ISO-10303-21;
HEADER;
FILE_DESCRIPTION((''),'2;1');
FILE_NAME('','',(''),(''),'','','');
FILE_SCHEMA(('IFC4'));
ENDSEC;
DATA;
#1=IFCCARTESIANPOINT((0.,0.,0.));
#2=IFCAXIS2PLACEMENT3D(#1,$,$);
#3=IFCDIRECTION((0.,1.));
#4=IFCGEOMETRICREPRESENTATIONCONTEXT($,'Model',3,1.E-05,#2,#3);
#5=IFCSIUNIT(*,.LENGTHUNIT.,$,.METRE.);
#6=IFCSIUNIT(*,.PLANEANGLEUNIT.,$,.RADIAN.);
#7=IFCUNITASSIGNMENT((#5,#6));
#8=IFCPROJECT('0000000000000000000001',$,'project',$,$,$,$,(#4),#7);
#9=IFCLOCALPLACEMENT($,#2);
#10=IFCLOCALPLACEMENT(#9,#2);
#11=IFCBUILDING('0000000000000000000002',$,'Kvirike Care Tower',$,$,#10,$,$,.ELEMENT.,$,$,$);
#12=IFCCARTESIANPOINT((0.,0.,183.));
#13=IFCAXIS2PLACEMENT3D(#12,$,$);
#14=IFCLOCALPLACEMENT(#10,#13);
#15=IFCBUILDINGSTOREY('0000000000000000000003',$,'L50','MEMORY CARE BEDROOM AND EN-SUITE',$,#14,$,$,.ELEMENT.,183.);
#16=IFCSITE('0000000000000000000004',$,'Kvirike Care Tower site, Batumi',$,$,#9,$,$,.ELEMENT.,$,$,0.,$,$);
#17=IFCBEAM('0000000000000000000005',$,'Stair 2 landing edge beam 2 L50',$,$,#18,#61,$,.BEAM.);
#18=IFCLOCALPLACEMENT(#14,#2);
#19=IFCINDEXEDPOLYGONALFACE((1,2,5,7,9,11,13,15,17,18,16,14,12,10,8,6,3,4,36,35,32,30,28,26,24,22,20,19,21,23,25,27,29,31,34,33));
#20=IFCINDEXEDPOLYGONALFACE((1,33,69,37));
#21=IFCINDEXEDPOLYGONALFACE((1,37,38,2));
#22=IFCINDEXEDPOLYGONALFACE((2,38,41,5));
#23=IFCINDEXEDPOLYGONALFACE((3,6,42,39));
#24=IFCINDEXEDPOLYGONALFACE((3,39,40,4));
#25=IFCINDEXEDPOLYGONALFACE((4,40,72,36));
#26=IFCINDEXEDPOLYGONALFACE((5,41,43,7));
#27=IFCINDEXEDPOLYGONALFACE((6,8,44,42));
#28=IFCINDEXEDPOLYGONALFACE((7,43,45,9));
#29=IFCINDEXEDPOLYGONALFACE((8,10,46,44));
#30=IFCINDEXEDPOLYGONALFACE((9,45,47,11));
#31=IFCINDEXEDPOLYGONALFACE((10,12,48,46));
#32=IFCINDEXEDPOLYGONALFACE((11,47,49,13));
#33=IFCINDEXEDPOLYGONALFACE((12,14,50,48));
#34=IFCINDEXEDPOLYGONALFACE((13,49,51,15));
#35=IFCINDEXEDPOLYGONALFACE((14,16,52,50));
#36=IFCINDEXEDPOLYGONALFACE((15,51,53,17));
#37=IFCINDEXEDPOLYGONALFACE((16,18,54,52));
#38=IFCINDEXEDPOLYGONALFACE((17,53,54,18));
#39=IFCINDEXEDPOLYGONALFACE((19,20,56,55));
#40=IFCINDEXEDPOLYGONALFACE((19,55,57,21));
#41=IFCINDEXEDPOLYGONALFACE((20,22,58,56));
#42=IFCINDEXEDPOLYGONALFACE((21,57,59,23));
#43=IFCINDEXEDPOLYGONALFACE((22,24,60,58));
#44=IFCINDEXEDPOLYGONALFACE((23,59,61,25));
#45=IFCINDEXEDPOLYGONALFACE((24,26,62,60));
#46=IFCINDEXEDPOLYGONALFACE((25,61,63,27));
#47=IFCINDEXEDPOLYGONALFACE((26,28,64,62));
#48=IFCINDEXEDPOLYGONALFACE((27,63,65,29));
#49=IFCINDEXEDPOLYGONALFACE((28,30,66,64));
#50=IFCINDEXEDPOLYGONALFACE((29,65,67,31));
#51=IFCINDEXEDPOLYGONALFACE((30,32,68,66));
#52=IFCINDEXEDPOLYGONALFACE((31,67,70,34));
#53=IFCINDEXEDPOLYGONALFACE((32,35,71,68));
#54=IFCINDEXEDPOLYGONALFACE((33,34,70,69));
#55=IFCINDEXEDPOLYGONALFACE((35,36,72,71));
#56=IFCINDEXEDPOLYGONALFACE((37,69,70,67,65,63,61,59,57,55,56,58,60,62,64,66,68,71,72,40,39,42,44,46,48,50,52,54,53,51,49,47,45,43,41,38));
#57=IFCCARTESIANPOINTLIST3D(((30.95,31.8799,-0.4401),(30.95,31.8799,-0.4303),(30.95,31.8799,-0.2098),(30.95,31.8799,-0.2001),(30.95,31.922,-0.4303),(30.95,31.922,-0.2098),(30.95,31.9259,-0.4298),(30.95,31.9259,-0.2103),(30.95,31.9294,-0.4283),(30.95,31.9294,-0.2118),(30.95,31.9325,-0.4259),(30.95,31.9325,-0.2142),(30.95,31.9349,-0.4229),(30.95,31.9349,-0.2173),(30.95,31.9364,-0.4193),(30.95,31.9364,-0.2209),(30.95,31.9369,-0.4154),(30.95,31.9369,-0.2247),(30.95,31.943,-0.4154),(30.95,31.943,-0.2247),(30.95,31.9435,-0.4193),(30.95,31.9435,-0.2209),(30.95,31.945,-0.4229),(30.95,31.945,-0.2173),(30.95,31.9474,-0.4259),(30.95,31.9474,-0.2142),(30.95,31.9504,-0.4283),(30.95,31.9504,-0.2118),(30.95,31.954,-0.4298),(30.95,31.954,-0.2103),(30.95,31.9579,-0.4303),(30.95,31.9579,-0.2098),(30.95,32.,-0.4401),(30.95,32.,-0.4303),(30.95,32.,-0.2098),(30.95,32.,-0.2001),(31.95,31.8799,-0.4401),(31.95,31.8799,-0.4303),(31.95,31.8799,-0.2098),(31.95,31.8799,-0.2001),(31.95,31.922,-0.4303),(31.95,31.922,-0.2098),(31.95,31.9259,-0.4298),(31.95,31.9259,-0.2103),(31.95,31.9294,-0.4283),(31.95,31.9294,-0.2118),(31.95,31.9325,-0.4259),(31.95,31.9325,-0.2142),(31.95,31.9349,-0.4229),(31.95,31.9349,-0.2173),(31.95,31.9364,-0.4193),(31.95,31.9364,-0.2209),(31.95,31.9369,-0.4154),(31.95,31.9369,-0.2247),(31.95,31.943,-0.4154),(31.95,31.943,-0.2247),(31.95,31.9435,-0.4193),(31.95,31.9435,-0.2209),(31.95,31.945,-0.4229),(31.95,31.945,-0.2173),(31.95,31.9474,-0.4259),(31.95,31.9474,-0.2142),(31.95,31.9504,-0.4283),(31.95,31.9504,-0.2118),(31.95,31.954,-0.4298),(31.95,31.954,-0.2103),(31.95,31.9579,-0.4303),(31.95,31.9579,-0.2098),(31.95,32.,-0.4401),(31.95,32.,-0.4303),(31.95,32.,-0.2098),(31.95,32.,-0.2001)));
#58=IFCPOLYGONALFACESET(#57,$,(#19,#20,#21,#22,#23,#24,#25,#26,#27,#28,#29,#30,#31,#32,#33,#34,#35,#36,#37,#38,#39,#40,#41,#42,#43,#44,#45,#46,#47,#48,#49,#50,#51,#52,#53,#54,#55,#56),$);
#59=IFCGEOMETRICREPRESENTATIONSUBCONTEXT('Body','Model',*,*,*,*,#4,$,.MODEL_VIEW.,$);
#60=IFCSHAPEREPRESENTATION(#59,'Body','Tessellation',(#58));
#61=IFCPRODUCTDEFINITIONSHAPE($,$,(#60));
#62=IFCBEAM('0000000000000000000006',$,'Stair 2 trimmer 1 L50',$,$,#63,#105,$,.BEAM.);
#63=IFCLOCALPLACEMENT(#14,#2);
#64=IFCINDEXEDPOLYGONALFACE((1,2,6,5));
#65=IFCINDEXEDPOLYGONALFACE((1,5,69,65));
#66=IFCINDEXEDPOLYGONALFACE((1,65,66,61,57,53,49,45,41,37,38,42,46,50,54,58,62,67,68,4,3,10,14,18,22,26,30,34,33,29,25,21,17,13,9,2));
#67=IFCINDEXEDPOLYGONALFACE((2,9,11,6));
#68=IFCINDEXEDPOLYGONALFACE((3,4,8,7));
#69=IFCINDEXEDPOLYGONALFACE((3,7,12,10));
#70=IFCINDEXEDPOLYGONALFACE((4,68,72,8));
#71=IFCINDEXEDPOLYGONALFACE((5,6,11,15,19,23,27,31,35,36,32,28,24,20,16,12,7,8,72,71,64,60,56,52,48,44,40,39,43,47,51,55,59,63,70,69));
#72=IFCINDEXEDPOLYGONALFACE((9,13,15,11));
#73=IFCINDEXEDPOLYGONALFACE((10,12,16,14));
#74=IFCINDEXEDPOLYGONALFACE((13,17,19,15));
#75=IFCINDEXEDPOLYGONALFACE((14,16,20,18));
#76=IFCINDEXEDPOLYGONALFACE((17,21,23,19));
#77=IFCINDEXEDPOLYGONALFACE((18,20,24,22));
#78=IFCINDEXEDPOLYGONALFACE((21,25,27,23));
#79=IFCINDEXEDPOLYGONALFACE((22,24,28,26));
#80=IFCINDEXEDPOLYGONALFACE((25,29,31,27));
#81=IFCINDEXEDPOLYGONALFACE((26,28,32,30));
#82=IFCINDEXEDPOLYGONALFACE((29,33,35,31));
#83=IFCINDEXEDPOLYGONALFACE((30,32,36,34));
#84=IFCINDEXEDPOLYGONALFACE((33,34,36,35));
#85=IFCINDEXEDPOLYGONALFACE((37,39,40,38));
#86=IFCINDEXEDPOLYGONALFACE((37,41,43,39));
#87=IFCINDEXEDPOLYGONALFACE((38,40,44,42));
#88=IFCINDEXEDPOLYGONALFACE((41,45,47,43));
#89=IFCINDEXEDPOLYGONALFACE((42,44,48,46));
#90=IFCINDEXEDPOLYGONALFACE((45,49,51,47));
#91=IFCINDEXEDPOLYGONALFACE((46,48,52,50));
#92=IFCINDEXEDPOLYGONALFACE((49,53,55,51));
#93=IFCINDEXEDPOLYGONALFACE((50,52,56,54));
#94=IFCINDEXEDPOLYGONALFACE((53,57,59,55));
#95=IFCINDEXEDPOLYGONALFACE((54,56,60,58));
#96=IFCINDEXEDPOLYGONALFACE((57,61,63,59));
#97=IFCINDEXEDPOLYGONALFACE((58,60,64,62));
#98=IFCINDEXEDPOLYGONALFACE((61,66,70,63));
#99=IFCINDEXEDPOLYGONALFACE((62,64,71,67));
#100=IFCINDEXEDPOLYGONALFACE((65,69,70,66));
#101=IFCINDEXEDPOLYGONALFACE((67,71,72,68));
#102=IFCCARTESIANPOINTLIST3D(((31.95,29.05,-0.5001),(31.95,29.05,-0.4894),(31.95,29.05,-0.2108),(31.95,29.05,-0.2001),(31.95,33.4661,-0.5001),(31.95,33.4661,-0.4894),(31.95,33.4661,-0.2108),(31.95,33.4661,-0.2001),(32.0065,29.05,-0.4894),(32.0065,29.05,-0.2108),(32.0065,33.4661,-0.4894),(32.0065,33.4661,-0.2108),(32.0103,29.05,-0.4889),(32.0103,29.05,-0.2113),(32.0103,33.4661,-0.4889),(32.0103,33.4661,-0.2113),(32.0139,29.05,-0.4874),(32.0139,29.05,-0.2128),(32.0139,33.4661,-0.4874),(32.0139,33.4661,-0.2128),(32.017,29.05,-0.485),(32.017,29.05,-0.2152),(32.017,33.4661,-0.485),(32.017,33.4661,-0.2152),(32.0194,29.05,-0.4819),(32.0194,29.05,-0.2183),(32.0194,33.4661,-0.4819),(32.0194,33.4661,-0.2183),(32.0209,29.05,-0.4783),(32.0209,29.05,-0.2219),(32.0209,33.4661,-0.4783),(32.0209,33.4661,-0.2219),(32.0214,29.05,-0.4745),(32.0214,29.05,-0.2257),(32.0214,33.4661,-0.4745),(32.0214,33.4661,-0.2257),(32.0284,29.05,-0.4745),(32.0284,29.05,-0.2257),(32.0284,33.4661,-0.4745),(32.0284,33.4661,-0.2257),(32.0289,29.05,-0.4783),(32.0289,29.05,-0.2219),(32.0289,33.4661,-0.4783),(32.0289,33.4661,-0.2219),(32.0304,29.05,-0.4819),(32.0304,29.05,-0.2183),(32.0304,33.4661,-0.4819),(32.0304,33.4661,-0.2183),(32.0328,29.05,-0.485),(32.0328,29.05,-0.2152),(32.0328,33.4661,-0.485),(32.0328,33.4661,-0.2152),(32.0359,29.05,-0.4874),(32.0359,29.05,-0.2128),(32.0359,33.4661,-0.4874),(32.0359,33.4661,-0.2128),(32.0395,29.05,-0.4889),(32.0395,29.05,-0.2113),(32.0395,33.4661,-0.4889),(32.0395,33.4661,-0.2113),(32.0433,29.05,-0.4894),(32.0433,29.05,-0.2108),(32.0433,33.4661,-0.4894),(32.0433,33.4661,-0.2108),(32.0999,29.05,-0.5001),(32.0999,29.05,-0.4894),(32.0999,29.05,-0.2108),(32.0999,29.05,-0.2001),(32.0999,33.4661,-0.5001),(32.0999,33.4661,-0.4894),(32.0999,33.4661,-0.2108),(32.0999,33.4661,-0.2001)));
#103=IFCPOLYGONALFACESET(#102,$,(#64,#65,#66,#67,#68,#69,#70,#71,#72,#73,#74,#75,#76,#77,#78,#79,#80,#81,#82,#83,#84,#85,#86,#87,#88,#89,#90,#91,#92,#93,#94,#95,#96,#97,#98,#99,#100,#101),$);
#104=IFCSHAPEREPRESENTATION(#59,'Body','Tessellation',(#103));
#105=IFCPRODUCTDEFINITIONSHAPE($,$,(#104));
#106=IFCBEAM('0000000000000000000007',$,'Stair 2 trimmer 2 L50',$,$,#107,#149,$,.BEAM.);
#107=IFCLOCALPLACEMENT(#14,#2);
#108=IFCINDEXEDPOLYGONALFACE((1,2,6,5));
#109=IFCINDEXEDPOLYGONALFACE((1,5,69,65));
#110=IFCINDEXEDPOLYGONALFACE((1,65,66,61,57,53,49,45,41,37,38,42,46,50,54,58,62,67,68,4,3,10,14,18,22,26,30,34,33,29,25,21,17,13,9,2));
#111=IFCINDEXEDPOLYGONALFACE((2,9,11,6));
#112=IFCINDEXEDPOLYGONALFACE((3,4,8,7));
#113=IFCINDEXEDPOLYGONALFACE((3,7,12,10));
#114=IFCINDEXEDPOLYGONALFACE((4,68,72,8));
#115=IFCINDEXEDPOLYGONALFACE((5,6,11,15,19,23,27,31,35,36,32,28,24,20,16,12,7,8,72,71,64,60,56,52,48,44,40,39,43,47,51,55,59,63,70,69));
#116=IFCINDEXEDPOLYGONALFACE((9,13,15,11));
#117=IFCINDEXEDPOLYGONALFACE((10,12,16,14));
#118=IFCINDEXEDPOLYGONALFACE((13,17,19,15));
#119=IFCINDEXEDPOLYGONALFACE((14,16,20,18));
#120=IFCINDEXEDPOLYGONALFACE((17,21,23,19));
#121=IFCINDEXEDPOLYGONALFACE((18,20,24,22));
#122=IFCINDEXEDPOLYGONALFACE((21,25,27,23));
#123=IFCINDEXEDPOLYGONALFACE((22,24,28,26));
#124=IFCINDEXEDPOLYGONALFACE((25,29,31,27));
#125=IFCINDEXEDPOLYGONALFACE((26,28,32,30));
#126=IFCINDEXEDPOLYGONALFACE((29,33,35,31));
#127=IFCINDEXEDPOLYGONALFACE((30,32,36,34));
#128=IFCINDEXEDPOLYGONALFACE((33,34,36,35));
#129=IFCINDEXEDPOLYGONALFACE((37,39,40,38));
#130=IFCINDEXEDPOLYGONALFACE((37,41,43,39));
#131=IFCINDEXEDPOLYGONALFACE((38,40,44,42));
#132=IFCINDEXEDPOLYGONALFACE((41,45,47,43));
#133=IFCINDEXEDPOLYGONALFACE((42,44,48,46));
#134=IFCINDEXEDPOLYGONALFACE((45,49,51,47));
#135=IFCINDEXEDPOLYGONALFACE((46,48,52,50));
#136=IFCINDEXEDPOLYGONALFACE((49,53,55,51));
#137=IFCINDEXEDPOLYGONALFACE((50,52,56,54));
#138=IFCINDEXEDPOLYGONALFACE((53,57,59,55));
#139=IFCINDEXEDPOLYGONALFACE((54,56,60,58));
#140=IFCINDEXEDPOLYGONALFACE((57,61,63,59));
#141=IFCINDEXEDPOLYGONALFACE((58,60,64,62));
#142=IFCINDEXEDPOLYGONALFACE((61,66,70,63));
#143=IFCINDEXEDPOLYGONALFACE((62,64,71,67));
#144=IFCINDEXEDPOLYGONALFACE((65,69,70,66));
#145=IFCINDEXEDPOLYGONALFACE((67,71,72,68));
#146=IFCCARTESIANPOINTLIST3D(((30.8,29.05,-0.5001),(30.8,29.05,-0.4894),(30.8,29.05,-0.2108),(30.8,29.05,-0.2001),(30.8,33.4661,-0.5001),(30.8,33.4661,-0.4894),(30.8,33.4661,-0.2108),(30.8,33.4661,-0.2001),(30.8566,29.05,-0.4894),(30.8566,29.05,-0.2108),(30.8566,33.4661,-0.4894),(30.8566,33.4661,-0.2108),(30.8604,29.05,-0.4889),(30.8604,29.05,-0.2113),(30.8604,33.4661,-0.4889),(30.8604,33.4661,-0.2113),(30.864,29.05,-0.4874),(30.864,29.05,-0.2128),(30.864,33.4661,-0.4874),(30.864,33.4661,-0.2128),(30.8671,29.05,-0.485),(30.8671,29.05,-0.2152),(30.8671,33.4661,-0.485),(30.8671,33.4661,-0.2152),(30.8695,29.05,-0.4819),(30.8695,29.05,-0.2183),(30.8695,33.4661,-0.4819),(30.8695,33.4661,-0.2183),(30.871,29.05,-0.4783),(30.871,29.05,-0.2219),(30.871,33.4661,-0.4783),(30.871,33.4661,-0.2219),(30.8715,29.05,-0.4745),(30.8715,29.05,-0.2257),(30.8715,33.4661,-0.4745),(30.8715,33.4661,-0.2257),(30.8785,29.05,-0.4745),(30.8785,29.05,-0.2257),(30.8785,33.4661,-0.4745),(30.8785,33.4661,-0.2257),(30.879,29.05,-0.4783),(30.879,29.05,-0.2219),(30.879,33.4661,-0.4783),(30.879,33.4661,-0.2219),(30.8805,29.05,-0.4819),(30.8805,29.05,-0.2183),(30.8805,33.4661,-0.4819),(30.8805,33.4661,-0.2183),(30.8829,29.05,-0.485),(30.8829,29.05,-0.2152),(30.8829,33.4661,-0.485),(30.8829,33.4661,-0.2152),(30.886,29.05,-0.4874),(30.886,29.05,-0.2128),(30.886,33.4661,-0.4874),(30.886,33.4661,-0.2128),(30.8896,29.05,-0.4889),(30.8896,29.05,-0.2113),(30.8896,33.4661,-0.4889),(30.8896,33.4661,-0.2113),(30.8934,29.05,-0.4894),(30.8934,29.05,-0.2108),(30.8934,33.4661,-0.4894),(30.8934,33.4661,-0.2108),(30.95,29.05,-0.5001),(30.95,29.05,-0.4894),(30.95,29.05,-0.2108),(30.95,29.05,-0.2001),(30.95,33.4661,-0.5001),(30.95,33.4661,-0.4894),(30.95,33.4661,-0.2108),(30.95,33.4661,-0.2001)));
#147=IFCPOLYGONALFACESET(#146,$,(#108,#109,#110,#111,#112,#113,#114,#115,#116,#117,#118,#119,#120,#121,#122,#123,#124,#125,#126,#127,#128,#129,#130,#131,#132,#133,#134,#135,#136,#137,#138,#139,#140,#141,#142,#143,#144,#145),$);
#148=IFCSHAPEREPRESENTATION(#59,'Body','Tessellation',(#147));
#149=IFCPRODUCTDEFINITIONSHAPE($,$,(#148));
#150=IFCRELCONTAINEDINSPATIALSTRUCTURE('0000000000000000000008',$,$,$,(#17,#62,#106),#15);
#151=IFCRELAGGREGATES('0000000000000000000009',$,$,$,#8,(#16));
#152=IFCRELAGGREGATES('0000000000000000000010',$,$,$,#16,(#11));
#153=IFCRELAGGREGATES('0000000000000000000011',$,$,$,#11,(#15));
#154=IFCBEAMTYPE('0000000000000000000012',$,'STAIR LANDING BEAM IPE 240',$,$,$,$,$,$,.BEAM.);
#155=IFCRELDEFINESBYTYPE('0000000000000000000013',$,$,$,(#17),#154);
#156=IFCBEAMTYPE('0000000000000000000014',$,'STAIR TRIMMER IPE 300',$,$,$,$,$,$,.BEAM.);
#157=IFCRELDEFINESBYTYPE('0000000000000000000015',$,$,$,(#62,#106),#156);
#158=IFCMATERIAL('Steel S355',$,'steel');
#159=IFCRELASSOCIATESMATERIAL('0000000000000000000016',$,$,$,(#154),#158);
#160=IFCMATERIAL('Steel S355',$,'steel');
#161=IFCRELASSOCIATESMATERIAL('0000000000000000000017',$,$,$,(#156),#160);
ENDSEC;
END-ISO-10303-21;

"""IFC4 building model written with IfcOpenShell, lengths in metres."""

from ifc_helpers import new_model, si_unit, direction, frame, origin, origin_2d, place, context, subcontext, project, spatial, i_section, extrude, material, material_profile, profile_set, type_object, element, save


model = new_model("IFC4")

# Units and contexts
model_context = context("Model", 3, precision=1e-05, world=origin(), true_north=direction((0.0, 1.0)))
body_context = subcontext(model_context, "Body", "Model", "MODEL_VIEW")
ifc_project = project(units=[si_unit("LENGTHUNIT", "METRE"), si_unit("PLANEANGLEUNIT", "RADIAN")], contexts=[model_context])

# Site, building, storey
site_placement = place(None, origin())
site = spatial("IfcSite", under=ifc_project, at=site_placement, Name="Kvirike Care Tower site, Batumi", CompositionType="ELEMENT", RefElevation=0.0)
building_placement = place(site_placement, origin())
building = spatial("IfcBuilding", under=site, at=building_placement, Name="Kvirike Care Tower", CompositionType="ELEMENT")
storey_placement = place(building_placement, frame((0.0, 0.0, 183.0)))
storey = spatial("IfcBuildingStorey", under=building, at=storey_placement, Name="L50", Description="MEMORY CARE BEDROOM AND EN-SUITE", CompositionType="ELEMENT", Elevation=183.0)

# Beams
ifc_material_1 = material(Name="Steel S355", Category="steel")
ifc_material_profile_1 = material_profile(ifc_material_1, i_section(OverallWidth=0.1201, OverallDepth=0.24, WebThickness=0.0061, FlangeThickness=0.0098, FilletRadius=0.0149, at=origin_2d()), Name="IPE 240")
ifc_profile_set_1 = profile_set([ifc_material_profile_1], Name="Steel S355")
beam_type_1 = type_object("IfcBeamType", Name="STAIR LANDING BEAM IPE 240", PredefinedType="BEAM", material=ifc_profile_set_1)
for number, where, z_axis, x_axis, name in (
    (1, (31.95, 31.9399, -0.3201), (-1.0, 0.0, 0.0), (0.0, -1.0, 0.0), "Stair 2 landing edge beam 2 L50"),
):
    element("IfcBeam", number, at=place(storey_placement, frame(where, z_axis=z_axis, x_axis=x_axis)), inside=storey, type_object=beam_type_1, Name=name, PredefinedType="BEAM", context=body_context, shape_type="SweptSolid", body=[
        extrude(i_section(OverallWidth=0.1201, OverallDepth=0.24, WebThickness=0.0061, FlangeThickness=0.0098, FilletRadius=0.0149, at=origin_2d()), origin(), (0.0, 0.0, 1.0), 1.0),
    ])
ifc_material_2 = material(Name="Steel S355", Category="steel")
ifc_material_profile_2 = material_profile(ifc_material_2, i_section(OverallWidth=0.1499, OverallDepth=0.3, WebThickness=0.0071, FlangeThickness=0.0107, FilletRadius=0.0149, at=origin_2d()), Name="IPE 300")
ifc_profile_set_2 = profile_set([ifc_material_profile_2], Name="Steel S355")
beam_type_2 = type_object("IfcBeamType", Name="STAIR TRIMMER IPE 300", PredefinedType="BEAM", material=ifc_profile_set_2)
for number, where, z_axis, x_axis, name in (
    (2, (32.0249, 29.05, -0.3501), (0.0, 1.0, 0.0), (-1.0, 0.0, 0.0), "Stair 2 trimmer 1 L50"),
    (3, (30.875, 29.05, -0.3501), (0.0, 1.0, 0.0), (-1.0, 0.0, 0.0), "Stair 2 trimmer 2 L50"),
):
    element("IfcBeam", number, at=place(storey_placement, frame(where, z_axis=z_axis, x_axis=x_axis)), inside=storey, type_object=beam_type_2, Name=name, PredefinedType="BEAM", context=body_context, shape_type="SweptSolid", body=[
        extrude(i_section(OverallWidth=0.1499, OverallDepth=0.3, WebThickness=0.0071, FlangeThickness=0.0107, FilletRadius=0.0149, at=origin_2d()), origin(), (0.0, 0.0, 1.0), 4.416),
    ])

save(model, "model.ifc")
